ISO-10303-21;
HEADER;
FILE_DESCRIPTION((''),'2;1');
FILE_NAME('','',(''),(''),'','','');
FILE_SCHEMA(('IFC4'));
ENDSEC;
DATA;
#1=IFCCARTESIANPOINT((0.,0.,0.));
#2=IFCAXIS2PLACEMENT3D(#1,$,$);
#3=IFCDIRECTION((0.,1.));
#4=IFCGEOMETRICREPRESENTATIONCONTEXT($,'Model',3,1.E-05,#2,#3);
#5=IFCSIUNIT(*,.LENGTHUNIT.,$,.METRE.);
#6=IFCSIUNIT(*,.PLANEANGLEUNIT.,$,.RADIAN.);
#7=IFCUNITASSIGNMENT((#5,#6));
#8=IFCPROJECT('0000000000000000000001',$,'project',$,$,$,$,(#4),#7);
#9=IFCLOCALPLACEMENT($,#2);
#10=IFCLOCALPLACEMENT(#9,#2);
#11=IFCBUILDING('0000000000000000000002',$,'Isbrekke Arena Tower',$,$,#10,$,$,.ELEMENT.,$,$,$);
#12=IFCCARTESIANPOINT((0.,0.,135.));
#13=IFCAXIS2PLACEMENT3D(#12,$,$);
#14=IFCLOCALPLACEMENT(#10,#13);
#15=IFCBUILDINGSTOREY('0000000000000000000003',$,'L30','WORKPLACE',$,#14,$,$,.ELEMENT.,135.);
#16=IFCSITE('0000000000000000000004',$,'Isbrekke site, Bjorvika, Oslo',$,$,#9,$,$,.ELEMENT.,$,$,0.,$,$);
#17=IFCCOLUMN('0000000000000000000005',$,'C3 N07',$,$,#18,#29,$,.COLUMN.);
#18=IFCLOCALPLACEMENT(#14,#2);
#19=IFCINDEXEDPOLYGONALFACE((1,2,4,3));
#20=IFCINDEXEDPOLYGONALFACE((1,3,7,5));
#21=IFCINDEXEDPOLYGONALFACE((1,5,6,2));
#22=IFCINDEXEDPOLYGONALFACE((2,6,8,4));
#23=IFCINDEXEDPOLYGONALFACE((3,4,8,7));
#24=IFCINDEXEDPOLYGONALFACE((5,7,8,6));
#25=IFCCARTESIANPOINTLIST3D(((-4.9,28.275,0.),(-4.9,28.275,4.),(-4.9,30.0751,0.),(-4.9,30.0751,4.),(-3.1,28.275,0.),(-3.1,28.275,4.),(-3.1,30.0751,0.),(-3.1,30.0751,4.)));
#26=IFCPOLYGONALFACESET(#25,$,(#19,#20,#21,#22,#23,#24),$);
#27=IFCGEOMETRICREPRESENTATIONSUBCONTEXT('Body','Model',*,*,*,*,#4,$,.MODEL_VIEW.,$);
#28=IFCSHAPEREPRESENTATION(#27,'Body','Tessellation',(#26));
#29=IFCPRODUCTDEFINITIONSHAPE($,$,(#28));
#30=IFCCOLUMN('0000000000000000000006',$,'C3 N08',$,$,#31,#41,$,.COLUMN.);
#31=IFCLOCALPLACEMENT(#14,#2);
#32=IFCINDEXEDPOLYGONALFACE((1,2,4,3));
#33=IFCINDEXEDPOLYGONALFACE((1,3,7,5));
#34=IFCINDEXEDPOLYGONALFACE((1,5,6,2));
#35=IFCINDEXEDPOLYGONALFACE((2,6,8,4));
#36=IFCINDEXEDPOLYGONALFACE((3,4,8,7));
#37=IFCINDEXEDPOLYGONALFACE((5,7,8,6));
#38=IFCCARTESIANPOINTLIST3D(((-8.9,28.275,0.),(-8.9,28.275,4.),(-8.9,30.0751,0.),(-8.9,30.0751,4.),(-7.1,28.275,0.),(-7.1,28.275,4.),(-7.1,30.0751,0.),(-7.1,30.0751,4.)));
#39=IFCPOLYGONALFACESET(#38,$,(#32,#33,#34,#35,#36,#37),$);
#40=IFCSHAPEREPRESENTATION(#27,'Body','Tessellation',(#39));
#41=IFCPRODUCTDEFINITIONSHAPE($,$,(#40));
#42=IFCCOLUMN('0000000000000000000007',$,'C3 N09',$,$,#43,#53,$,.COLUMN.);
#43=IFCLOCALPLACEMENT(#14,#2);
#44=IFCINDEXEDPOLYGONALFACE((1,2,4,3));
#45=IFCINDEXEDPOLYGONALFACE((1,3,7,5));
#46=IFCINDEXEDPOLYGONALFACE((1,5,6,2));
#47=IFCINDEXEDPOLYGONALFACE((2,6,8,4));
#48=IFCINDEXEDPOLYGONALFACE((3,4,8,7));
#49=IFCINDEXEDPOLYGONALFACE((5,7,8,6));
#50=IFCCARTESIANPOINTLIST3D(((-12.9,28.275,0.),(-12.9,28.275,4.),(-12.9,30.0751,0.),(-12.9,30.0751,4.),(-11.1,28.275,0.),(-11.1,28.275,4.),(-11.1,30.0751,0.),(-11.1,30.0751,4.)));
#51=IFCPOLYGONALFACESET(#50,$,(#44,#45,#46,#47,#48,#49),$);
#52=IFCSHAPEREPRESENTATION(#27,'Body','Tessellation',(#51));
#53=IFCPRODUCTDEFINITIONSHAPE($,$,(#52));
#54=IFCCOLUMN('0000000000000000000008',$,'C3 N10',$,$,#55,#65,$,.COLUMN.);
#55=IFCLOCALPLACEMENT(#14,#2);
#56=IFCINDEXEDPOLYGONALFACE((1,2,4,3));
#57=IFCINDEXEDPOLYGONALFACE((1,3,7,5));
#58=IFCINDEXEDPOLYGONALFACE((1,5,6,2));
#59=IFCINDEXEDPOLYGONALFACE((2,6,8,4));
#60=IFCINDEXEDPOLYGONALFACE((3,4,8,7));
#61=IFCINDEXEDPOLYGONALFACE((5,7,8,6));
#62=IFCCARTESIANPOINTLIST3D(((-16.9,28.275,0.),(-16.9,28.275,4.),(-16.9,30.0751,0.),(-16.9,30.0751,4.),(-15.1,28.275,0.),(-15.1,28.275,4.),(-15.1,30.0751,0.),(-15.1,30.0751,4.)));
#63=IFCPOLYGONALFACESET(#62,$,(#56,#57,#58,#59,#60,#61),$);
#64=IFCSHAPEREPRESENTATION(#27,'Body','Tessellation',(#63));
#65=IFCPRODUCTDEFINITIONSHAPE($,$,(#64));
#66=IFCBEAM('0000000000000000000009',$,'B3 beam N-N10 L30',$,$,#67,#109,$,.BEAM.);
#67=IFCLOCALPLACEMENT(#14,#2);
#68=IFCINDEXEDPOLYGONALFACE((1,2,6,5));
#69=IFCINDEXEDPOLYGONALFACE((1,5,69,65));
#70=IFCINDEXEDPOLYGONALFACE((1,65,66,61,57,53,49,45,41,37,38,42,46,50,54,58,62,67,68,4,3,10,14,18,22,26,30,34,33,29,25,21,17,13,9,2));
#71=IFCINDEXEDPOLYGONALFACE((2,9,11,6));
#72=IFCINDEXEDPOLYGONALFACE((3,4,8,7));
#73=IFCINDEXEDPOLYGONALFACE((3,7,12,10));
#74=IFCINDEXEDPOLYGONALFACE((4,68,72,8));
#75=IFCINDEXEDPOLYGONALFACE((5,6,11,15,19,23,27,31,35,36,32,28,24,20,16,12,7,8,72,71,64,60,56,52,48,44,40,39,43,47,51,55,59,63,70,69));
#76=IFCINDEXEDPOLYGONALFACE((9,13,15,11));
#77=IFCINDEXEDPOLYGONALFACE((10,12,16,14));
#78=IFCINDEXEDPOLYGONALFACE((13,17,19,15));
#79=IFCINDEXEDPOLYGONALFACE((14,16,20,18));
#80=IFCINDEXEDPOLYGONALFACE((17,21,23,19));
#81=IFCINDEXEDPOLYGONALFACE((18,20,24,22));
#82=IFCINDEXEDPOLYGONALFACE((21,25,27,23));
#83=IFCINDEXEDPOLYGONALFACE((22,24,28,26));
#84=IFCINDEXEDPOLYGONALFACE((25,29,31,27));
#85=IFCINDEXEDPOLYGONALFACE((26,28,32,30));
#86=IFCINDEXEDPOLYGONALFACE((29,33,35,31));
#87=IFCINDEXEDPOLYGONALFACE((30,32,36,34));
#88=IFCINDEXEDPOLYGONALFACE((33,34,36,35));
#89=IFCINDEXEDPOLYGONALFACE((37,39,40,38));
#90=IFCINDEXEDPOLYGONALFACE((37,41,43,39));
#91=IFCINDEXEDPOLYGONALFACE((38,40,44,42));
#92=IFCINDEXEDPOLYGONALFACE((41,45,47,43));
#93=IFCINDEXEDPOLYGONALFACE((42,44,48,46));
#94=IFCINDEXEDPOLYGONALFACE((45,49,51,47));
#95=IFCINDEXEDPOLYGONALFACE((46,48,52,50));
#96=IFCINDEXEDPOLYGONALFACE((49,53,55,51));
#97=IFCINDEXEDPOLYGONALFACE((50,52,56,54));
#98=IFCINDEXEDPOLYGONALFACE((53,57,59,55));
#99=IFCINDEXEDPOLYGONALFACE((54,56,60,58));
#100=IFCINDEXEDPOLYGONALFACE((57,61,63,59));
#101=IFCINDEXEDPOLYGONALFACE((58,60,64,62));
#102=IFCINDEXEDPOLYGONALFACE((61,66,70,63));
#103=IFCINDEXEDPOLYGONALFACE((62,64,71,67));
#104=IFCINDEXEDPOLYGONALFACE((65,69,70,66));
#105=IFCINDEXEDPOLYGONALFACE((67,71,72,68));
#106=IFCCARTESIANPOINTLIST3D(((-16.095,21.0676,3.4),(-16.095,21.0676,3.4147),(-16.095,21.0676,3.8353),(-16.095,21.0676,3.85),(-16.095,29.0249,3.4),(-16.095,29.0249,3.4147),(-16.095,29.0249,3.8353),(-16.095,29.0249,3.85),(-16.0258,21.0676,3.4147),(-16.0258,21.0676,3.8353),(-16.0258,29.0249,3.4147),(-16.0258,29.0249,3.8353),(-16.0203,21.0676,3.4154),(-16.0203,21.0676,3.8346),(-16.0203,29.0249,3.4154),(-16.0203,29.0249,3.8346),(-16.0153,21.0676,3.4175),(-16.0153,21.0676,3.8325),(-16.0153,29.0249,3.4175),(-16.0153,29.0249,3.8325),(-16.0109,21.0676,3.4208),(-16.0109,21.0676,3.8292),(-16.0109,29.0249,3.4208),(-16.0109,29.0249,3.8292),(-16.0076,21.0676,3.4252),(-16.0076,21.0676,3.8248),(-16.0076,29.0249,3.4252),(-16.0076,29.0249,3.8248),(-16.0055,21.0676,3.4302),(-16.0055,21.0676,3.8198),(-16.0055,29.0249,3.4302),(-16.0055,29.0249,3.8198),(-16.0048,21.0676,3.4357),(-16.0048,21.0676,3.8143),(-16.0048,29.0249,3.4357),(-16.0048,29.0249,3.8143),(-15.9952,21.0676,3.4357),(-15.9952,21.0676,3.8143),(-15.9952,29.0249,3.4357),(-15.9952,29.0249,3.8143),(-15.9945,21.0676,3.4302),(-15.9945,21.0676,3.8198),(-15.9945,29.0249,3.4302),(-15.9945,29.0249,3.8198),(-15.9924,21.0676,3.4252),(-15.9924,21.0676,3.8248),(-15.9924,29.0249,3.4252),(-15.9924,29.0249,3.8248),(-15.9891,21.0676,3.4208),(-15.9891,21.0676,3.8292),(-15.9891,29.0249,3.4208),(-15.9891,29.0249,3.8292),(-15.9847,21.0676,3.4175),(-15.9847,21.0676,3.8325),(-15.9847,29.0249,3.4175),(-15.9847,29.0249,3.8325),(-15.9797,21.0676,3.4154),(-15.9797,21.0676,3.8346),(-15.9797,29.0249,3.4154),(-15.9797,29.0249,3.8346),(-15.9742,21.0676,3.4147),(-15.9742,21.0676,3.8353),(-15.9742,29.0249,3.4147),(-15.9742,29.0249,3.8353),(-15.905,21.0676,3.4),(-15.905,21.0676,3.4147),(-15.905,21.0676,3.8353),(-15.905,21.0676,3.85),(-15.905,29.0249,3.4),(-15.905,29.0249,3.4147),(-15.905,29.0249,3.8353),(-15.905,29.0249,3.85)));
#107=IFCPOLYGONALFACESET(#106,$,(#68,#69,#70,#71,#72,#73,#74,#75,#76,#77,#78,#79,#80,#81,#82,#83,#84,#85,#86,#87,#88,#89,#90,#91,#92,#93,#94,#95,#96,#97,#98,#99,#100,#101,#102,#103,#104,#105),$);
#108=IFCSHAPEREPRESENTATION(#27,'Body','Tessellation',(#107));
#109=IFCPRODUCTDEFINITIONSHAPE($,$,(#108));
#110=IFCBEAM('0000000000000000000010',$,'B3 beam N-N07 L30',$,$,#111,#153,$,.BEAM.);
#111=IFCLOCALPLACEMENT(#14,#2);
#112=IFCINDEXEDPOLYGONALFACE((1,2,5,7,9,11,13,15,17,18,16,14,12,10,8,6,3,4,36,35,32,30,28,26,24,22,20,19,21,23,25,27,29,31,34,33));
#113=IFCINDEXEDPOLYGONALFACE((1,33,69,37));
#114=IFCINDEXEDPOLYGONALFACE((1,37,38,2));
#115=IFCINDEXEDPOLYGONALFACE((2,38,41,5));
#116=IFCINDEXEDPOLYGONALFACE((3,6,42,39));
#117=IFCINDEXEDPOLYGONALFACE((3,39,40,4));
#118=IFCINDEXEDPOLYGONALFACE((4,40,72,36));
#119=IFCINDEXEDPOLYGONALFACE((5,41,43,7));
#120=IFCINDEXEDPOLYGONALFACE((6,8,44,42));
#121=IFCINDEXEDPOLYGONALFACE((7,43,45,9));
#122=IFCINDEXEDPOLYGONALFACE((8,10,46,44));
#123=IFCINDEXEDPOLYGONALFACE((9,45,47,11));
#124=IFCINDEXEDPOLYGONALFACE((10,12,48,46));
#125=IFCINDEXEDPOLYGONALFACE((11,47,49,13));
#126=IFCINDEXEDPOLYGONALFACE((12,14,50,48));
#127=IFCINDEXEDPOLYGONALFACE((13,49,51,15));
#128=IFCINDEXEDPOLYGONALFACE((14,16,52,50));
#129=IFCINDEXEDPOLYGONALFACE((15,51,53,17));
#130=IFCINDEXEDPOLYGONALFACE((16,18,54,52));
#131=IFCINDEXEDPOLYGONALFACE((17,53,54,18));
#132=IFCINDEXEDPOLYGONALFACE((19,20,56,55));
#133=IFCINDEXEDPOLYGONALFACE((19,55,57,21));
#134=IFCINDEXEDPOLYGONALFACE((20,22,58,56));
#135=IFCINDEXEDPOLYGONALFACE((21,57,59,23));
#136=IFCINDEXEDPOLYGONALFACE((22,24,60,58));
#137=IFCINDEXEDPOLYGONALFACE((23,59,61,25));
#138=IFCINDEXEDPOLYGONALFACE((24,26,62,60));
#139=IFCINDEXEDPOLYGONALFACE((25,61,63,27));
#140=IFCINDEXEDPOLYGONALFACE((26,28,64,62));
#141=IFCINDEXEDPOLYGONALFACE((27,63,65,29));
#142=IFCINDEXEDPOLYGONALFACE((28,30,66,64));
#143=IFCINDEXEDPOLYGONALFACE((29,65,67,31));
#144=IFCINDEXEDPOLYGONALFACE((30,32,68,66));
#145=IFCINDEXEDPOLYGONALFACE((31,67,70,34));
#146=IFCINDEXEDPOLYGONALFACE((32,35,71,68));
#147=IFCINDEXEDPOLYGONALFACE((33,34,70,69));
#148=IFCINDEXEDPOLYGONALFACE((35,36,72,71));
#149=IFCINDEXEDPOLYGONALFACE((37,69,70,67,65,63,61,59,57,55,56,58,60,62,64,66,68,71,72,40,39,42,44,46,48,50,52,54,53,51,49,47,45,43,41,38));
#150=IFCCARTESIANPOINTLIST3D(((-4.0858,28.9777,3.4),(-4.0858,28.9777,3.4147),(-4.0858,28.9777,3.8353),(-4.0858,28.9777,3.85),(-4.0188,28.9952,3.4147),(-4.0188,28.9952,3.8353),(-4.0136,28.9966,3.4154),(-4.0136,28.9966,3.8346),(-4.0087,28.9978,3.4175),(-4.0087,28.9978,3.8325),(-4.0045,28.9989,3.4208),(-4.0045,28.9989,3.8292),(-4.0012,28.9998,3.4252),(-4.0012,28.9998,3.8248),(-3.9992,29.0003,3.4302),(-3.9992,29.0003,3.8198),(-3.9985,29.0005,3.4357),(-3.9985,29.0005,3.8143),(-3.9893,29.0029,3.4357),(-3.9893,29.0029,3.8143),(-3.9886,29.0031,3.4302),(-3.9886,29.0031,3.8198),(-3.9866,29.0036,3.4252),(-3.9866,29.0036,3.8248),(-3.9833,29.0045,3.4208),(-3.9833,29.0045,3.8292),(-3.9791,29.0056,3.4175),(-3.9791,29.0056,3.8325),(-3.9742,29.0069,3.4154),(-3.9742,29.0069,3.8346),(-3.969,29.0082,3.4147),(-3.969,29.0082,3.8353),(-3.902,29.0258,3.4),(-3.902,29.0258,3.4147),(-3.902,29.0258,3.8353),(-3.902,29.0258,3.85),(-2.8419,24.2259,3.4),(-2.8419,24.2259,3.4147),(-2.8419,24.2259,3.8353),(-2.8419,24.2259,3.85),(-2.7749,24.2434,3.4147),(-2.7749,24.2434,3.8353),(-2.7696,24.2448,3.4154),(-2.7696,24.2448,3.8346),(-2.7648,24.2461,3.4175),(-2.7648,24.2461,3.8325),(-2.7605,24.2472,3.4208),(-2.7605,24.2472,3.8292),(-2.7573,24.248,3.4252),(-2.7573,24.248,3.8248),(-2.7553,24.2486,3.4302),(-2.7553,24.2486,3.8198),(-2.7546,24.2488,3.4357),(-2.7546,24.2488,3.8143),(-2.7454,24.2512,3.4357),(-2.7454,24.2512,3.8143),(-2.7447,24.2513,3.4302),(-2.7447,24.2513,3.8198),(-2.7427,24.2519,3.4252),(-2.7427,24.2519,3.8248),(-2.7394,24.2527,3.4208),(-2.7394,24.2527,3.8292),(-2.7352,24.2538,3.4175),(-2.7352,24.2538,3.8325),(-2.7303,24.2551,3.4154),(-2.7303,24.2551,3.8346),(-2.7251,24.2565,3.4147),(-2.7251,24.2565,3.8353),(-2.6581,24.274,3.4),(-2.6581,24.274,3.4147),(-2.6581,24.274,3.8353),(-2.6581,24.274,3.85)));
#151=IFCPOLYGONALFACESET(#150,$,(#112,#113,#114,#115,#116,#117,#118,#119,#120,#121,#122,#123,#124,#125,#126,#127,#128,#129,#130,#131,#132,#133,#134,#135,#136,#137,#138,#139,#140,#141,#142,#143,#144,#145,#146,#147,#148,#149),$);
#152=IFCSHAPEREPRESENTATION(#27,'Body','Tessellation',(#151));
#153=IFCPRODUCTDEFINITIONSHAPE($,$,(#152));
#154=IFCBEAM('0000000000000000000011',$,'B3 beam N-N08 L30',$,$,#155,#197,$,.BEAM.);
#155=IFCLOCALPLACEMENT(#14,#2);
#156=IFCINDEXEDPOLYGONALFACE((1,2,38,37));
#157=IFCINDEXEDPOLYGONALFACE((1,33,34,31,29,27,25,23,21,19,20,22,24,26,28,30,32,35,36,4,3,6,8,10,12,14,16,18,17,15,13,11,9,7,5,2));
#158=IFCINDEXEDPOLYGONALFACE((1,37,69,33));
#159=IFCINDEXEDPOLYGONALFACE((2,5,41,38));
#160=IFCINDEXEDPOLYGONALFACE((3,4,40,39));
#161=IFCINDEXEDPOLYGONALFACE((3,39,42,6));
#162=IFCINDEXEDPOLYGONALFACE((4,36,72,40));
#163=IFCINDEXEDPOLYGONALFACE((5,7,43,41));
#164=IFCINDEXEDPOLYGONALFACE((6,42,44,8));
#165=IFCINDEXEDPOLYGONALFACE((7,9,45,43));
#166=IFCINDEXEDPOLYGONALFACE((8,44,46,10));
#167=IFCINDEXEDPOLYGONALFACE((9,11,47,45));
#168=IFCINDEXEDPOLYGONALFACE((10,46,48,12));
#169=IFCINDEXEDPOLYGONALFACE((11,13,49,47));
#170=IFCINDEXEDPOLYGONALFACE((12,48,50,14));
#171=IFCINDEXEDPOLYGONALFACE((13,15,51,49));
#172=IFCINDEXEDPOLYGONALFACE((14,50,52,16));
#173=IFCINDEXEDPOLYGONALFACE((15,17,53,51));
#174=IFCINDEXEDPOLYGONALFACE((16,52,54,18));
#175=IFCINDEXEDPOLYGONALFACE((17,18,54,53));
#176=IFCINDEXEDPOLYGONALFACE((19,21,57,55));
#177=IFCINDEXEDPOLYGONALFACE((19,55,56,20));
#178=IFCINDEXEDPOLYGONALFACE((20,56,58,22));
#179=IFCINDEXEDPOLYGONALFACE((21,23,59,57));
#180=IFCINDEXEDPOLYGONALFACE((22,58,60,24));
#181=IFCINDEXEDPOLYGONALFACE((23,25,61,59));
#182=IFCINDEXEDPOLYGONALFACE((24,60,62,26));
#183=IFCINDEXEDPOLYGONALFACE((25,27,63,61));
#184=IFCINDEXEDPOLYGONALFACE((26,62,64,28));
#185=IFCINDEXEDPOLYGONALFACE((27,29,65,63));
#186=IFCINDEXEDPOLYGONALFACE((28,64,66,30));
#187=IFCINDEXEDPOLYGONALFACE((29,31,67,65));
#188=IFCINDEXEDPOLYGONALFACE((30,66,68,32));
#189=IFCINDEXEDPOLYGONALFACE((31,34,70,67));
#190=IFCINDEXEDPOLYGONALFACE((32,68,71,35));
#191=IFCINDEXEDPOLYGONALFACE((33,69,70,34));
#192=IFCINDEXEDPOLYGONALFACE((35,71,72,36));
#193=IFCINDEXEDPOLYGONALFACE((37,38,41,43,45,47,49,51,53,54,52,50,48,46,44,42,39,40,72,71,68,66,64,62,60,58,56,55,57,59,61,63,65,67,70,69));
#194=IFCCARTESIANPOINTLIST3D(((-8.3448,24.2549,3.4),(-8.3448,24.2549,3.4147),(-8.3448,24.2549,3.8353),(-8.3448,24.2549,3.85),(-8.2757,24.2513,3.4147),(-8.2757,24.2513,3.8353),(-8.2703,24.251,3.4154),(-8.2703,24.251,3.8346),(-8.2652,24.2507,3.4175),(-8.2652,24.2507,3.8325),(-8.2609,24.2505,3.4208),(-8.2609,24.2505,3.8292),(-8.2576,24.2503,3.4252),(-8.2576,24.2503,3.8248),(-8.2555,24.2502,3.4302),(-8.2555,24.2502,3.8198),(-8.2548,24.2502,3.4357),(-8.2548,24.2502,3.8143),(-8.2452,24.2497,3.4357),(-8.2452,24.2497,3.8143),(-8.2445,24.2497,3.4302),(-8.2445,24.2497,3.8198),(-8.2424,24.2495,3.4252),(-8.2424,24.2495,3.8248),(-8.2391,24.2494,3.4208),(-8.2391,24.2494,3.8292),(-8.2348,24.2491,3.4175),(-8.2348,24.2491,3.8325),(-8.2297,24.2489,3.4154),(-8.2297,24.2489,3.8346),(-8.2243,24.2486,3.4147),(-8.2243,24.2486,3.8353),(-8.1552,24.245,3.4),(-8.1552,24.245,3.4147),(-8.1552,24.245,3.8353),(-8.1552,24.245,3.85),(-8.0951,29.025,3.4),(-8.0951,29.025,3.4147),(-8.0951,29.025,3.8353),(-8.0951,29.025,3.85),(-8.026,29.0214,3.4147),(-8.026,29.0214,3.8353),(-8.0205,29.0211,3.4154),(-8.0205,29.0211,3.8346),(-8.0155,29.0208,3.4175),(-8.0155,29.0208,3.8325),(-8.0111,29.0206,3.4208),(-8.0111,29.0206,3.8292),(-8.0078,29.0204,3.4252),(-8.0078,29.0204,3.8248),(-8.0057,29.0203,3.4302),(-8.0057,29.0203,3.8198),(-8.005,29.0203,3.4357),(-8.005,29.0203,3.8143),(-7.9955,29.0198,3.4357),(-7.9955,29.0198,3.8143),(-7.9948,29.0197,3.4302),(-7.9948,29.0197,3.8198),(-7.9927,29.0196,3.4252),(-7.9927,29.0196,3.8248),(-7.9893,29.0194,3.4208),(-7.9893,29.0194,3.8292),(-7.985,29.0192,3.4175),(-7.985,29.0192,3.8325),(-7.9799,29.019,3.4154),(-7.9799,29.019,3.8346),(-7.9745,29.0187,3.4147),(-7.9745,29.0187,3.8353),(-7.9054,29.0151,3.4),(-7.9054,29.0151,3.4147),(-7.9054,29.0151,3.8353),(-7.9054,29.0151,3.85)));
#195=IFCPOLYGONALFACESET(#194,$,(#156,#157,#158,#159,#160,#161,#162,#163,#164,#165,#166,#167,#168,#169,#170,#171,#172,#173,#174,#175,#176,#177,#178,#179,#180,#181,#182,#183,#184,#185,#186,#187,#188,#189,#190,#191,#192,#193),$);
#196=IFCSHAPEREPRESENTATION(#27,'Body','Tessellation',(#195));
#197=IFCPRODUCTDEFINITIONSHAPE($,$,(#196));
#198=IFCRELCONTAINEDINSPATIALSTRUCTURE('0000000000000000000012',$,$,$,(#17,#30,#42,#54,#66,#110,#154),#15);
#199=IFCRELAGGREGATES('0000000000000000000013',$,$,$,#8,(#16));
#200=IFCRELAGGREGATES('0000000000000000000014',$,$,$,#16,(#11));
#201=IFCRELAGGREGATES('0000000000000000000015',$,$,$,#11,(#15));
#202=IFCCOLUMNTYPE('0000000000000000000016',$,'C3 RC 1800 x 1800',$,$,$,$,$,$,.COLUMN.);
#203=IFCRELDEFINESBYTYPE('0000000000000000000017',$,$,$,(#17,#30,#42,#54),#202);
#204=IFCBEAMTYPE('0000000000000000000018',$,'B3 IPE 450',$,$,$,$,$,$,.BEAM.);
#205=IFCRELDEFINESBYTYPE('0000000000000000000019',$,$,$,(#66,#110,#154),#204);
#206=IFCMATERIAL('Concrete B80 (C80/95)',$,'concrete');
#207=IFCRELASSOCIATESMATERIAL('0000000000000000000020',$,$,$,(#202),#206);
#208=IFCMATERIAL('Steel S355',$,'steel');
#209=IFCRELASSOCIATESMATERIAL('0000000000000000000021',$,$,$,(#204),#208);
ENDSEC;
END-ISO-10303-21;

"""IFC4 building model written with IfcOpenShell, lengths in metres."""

from ifc_helpers import new_model, si_unit, direction, frame, origin, origin_2d, place, context, subcontext, project, spatial, rectangle, i_section, extrude, material, material_profile, profile_set, type_object, element, save


model = new_model("IFC4")

# Units and contexts
model_context = context("Model", 3, precision=1e-05, world=origin(), true_north=direction((0.0, 1.0)))
body_context = subcontext(model_context, "Body", "Model", "MODEL_VIEW")
ifc_project = project(units=[si_unit("LENGTHUNIT", "METRE"), si_unit("PLANEANGLEUNIT", "RADIAN")], contexts=[model_context])

# Site, building, storey
site_placement = place(None, origin())
site = spatial("IfcSite", under=ifc_project, at=site_placement, Name="Isbrekke site, Bjorvika, Oslo", CompositionType="ELEMENT", RefElevation=0.0)
building_placement = place(site_placement, origin())
building = spatial("IfcBuilding", under=site, at=building_placement, Name="Isbrekke Arena Tower", CompositionType="ELEMENT")
storey_placement = place(building_placement, frame((0.0, 0.0, 135.0)))
storey = spatial("IfcBuildingStorey", under=building, at=storey_placement, Name="L30", Description="WORKPLACE", CompositionType="ELEMENT", Elevation=135.0)

# Columns
ifc_material_1 = material(Name="Concrete B80 (C80/95)", Category="concrete")
ifc_material_profile_1 = material_profile(ifc_material_1, rectangle(XDim=1.8, YDim=1.8, at=origin_2d()), Name="RC 1800x1800")
ifc_profile_set_1 = profile_set([ifc_material_profile_1], Name="Concrete B80 (C80/95)")
column_type = type_object("IfcColumnType", Name="C3 RC 1800 x 1800", PredefinedType="COLUMN", material=ifc_profile_set_1)
for number, where, z_axis, x_axis, name in (
    (1, (-4.0, 29.175, 0.0), (0.0, 0.0, 1.0), (-1.0, 0.0, 0.0), "C3 N07"),
    (2, (-8.0, 29.175, 0.0), (0.0, 0.0, 1.0), (-1.0, 0.0, 0.0), "C3 N08"),
    (3, (-12.0, 29.175, 0.0), (0.0, 0.0, 1.0), (-1.0, 0.0, 0.0), "C3 N09"),
    (4, (-16.0, 29.175, 0.0), (0.0, 0.0, 1.0), (-1.0, 0.0, 0.0), "C3 N10"),
):
    element("IfcColumn", number, at=place(storey_placement, frame(where, z_axis=z_axis, x_axis=x_axis)), inside=storey, type_object=column_type, Name=name, PredefinedType="COLUMN", context=body_context, shape_type="SweptSolid", body=[
        extrude(rectangle(XDim=1.8, YDim=1.8, at=origin_2d()), origin(), (0.0, 0.0, 1.0), 4.0),
    ])

# Beams
ifc_material_2 = material(Name="Steel S355", Category="steel")
ifc_material_profile_2 = material_profile(ifc_material_2, i_section(OverallWidth=0.1899, OverallDepth=0.45, WebThickness=0.0095, FlangeThickness=0.0146, FilletRadius=0.021, at=origin_2d()), Name="IPE 450")
ifc_profile_set_2 = profile_set([ifc_material_profile_2], Name="Steel S355")
beam_type_1 = type_object("IfcBeamType", Name="B3 IPE 450", PredefinedType="BEAM", material=ifc_profile_set_2)
beam_1_placement = place(storey_placement, frame((-16.0, 29.0249, 3.625), z_axis=(0.0, -1.0, 0.0), x_axis=(1.0, 0.0, 0.0)))
element("IfcBeam", 5, at=beam_1_placement, inside=storey, type_object=beam_type_1, Name="B3 beam N-N10 L30", PredefinedType="BEAM", context=body_context, shape_type="SweptSolid", body=[
    extrude(i_section(OverallWidth=0.1899, OverallDepth=0.45, WebThickness=0.0095, FlangeThickness=0.0146, FilletRadius=0.021, at=origin_2d()), origin(), (0.0, 0.0, 1.0), 7.9573),
])
beam_2_placement = place(storey_placement, frame((-3.9939, 29.0017, 3.625), z_axis=(0.253245, -0.967402, 0.0), x_axis=(0.967402, 0.253245, 0.0)))
element("IfcBeam", 6, at=beam_2_placement, inside=storey, type_object=beam_type_1, Name="B3 beam N-N07 L30", PredefinedType="BEAM", context=body_context, shape_type="SweptSolid", body=[
    extrude(i_section(OverallWidth=0.1899, OverallDepth=0.45, WebThickness=0.0095, FlangeThickness=0.0146, FilletRadius=0.021, at=origin_2d()), origin(), (0.0, 0.0, 1.0), 4.9119),
])
beam_3_placement = place(storey_placement, frame((-8.0002, 29.02, 3.625), z_axis=(-0.052288, -0.998632, 0.0), x_axis=(0.998632, -0.052288, 0.0)))
element("IfcBeam", 7, at=beam_3_placement, inside=storey, type_object=beam_type_1, Name="B3 beam N-N08 L30", PredefinedType="BEAM", context=body_context, shape_type="SweptSolid", body=[
    extrude(i_section(OverallWidth=0.1899, OverallDepth=0.45, WebThickness=0.0095, FlangeThickness=0.0146, FilletRadius=0.021, at=origin_2d()), origin(), (0.0, 0.0, 1.0), 4.7766),
])

save(model, "model.ifc")
